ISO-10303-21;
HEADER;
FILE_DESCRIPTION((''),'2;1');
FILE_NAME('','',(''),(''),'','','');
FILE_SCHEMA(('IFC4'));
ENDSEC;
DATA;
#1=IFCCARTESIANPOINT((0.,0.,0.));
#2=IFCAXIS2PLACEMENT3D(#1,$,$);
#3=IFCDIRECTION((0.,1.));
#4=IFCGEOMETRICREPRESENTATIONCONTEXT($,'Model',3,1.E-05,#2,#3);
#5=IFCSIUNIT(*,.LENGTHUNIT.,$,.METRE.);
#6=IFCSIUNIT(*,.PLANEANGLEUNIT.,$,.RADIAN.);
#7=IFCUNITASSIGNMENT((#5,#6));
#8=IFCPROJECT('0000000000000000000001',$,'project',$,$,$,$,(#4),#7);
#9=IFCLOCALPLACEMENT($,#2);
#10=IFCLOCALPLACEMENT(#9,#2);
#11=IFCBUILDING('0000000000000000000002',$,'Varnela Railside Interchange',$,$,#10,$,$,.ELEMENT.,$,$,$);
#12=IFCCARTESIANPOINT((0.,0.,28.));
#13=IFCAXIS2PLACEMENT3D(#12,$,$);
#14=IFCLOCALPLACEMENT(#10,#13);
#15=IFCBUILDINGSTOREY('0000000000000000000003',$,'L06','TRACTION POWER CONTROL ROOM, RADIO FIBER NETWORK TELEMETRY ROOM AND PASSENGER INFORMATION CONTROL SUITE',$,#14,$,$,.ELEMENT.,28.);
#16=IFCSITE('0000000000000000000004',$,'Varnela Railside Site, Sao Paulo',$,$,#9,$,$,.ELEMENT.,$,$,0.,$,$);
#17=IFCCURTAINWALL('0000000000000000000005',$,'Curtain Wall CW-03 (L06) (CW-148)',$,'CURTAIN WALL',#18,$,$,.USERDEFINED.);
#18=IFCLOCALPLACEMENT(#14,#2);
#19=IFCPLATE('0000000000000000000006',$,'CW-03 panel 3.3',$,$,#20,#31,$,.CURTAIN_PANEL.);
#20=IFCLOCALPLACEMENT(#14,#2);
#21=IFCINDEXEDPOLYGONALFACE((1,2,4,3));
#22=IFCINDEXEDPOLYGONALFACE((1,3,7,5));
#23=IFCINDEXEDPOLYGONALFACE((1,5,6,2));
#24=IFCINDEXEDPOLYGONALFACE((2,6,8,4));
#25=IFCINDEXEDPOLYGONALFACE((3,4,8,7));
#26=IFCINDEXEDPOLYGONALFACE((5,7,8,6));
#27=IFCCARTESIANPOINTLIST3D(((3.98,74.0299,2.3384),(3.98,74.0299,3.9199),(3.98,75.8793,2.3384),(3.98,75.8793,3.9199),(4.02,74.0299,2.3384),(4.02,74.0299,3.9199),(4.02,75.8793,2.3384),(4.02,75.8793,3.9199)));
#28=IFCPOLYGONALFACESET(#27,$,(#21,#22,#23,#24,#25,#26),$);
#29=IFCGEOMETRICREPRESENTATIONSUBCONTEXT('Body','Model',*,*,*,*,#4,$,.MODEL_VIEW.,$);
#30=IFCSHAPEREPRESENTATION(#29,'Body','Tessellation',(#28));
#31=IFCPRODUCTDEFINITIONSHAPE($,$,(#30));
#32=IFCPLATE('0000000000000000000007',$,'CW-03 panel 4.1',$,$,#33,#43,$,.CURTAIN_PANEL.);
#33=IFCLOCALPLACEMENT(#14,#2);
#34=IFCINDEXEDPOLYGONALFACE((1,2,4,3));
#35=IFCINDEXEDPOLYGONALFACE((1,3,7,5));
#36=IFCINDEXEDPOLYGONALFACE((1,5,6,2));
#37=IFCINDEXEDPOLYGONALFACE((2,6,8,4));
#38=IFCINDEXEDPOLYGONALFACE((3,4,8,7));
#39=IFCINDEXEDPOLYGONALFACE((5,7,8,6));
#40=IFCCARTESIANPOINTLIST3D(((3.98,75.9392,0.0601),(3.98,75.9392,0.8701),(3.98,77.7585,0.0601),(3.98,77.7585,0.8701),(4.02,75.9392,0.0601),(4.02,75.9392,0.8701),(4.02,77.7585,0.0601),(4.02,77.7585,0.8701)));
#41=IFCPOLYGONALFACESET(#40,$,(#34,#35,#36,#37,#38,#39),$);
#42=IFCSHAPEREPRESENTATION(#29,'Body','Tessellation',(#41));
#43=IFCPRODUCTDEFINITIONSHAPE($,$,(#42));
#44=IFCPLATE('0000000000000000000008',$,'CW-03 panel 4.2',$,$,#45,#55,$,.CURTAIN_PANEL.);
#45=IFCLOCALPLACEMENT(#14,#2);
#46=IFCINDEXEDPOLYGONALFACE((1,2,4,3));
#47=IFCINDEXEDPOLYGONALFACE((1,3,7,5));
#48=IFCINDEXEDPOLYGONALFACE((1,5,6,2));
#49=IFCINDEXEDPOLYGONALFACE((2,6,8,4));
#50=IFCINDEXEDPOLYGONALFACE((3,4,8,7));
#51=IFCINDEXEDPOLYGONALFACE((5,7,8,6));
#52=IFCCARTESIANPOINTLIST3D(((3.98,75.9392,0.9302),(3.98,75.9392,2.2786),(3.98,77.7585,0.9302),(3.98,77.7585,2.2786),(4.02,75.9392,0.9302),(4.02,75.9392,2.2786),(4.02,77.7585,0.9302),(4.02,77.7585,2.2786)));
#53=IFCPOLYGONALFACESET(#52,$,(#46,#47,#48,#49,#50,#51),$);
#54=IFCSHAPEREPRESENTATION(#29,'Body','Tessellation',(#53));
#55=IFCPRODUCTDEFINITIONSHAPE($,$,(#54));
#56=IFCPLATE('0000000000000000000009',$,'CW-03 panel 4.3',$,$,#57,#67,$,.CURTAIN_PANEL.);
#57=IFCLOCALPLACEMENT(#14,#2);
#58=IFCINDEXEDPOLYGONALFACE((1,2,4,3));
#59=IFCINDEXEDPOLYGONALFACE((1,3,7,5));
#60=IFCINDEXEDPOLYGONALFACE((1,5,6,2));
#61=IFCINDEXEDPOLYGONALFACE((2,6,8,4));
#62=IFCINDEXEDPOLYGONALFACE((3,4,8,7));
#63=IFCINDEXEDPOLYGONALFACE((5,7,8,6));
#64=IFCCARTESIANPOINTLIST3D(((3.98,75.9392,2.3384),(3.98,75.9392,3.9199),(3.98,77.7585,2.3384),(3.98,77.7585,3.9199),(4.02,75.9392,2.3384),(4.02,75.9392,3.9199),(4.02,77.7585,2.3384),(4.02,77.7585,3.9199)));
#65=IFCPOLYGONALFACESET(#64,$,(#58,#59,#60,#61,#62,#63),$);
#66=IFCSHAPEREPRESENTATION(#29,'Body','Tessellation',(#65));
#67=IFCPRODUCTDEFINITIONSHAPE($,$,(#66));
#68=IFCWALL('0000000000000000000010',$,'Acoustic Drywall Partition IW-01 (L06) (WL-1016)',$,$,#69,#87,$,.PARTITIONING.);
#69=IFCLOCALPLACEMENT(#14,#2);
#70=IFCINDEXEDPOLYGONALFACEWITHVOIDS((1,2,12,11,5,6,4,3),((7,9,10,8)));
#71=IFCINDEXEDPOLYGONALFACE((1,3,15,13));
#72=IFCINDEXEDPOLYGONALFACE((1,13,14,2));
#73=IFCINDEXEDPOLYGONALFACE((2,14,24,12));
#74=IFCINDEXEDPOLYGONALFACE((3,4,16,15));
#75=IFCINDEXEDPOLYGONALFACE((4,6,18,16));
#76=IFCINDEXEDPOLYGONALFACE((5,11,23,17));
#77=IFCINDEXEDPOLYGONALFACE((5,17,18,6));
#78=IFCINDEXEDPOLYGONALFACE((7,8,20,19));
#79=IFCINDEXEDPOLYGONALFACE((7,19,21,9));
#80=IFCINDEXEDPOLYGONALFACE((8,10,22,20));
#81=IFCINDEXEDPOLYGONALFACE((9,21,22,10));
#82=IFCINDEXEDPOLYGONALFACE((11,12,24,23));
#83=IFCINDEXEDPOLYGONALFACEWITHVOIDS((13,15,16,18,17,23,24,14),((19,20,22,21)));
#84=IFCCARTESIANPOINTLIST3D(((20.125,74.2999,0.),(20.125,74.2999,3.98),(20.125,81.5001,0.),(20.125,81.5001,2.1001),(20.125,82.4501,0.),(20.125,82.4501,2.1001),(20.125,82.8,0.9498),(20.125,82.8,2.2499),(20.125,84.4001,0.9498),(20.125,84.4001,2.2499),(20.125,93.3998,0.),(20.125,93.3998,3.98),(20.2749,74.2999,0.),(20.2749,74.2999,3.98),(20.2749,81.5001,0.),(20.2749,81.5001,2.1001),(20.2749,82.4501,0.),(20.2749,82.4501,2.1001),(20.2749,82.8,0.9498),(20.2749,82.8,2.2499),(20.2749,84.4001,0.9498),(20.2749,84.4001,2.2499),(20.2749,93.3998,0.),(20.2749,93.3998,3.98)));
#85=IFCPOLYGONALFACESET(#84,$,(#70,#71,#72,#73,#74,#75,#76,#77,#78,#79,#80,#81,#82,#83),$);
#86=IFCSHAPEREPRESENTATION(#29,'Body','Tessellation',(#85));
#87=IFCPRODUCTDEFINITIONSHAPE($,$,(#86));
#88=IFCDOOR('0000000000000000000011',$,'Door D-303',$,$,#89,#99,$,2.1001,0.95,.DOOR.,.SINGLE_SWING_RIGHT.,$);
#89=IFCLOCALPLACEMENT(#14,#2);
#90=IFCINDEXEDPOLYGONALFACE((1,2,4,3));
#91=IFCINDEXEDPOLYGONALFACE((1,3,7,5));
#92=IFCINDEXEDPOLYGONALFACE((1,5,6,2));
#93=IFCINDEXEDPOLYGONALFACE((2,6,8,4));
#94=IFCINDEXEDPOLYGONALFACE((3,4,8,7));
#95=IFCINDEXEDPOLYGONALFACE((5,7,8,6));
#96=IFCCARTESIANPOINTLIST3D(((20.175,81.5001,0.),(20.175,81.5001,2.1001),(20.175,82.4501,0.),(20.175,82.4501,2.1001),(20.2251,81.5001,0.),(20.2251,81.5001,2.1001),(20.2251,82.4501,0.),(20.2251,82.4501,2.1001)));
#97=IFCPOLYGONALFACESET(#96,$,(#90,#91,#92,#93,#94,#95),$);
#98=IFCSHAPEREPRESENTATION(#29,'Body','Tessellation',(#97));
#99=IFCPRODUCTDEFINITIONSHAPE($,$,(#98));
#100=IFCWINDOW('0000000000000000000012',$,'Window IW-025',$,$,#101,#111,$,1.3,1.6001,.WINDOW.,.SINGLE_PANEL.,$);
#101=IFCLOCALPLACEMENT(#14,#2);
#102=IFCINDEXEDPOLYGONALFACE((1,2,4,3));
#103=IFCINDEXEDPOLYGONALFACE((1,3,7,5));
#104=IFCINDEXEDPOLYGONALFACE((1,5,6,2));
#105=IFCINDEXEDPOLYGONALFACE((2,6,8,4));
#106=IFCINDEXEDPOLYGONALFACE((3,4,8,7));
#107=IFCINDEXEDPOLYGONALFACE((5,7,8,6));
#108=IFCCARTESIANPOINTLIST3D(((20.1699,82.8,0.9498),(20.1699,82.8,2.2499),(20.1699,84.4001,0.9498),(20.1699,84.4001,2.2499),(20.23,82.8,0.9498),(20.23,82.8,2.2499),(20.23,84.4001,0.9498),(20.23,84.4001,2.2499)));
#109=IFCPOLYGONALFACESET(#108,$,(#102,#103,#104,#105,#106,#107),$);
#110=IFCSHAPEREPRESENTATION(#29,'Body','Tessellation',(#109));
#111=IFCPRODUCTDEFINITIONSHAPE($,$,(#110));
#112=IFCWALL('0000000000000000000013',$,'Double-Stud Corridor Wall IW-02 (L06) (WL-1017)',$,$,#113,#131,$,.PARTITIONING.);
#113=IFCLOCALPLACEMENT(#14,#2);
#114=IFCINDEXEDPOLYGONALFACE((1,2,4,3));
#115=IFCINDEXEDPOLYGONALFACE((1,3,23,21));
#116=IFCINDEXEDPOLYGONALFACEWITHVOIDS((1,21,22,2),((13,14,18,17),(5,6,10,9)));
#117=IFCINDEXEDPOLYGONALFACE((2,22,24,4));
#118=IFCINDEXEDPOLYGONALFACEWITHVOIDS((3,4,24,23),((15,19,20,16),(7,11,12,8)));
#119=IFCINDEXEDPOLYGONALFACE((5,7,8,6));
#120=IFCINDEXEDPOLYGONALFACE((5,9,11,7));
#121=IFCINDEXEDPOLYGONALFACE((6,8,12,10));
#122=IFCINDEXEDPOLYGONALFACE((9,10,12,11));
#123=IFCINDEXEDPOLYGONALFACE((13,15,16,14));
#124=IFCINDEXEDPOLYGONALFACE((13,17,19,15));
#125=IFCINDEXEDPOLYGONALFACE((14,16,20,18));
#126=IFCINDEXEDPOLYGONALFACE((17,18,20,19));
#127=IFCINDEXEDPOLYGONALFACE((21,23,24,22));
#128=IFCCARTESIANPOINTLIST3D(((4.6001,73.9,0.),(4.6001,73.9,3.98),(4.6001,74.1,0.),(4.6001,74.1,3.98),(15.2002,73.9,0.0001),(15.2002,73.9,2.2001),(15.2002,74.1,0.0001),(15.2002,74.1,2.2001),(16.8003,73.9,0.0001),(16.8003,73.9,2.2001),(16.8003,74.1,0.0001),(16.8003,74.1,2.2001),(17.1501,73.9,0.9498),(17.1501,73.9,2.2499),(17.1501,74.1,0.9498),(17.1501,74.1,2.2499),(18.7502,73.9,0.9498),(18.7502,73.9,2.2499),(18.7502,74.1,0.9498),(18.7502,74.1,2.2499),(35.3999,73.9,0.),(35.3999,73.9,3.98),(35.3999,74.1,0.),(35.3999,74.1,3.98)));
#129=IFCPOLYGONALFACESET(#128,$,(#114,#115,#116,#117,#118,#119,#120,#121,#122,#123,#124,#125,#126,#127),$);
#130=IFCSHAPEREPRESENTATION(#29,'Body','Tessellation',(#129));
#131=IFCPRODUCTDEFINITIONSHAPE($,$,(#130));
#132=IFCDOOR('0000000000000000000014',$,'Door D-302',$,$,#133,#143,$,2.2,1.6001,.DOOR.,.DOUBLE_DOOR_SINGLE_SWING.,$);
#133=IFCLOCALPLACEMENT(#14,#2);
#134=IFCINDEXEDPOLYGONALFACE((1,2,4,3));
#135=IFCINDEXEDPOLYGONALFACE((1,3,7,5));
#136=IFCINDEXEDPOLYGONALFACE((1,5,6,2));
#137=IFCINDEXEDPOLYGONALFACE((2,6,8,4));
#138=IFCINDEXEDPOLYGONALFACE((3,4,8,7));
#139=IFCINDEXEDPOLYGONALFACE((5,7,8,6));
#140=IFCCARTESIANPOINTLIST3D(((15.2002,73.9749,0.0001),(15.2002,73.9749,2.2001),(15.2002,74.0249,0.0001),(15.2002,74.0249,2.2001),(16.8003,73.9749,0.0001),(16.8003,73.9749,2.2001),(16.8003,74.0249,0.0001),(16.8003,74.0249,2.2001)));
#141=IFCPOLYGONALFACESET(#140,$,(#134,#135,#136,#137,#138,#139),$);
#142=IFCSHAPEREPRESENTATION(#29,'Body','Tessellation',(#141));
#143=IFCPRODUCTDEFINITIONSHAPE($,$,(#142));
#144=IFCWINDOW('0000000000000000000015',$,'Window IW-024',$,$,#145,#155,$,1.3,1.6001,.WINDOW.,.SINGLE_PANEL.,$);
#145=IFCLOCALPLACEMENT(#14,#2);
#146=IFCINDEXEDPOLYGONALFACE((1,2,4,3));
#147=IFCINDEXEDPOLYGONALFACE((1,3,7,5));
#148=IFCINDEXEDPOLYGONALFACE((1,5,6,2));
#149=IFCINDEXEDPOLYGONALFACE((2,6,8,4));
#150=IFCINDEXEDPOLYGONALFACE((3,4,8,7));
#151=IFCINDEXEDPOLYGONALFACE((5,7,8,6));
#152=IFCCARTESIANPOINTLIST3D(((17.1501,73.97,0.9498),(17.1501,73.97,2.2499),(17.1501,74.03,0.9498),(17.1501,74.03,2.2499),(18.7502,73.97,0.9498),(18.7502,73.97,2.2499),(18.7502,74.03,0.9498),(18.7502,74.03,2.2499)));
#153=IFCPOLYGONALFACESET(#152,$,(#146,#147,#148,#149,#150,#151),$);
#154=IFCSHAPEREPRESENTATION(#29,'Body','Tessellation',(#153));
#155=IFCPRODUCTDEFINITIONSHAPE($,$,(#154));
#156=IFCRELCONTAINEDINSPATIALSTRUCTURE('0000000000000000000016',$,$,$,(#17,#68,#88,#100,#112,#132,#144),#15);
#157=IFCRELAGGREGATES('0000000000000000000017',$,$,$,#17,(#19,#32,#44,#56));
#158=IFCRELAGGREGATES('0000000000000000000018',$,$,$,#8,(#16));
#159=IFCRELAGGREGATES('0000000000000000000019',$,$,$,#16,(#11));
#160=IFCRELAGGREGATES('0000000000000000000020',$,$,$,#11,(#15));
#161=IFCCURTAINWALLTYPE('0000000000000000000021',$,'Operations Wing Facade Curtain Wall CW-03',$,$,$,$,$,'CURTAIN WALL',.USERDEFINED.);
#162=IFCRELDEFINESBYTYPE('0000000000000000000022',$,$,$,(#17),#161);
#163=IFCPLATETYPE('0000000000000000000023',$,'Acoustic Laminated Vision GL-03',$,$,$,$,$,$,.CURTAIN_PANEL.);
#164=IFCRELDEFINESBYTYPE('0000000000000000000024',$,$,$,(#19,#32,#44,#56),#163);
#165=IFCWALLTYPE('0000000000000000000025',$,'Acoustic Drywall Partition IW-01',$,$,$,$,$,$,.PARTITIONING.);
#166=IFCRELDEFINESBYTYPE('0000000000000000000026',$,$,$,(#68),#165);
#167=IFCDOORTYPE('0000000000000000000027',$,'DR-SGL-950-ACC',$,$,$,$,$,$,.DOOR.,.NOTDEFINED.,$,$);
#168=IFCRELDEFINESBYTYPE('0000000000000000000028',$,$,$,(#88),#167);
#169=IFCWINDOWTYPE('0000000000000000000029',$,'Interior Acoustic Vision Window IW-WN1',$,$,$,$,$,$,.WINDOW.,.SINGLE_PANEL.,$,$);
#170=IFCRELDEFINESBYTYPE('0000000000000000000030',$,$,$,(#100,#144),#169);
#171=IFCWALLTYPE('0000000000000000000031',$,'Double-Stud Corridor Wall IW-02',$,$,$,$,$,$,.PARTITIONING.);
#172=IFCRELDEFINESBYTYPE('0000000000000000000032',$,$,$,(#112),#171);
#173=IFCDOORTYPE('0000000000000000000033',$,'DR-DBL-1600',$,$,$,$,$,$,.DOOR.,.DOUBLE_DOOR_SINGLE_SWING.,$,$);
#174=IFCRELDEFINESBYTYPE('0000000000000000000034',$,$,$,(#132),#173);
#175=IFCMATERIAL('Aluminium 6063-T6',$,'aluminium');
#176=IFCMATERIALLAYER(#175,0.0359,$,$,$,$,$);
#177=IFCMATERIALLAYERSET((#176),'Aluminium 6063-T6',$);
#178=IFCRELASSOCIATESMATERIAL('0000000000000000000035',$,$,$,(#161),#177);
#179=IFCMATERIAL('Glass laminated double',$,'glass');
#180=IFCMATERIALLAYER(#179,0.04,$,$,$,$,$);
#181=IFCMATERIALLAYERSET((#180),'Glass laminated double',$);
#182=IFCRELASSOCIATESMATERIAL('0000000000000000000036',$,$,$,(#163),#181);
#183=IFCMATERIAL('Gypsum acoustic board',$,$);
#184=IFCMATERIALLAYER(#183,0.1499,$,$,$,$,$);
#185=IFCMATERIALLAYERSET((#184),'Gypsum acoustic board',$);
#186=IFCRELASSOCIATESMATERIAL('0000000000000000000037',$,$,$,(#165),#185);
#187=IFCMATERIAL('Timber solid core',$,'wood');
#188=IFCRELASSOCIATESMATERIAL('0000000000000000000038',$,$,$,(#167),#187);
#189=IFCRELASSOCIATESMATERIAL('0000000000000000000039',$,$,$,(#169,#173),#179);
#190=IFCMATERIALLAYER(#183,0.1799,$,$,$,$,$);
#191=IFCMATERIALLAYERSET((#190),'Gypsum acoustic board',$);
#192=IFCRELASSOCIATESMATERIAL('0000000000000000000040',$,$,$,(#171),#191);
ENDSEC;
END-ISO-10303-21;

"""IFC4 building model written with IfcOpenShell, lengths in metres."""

from ifc_helpers import new_model, si_unit, direction, frame, frame_2d, origin, origin_2d, place, context, subcontext, project, spatial, rectangle, extrude, material, layer, layer_set, type_object, element, fill, aggregate, save


model = new_model("IFC4")

# Units and contexts
model_context = context("Model", 3, precision=1e-05, world=origin(), true_north=direction((0.0, 1.0)))
body_context = subcontext(model_context, "Body", "Model", "MODEL_VIEW")
ifc_project = project(units=[si_unit("LENGTHUNIT", "METRE"), si_unit("PLANEANGLEUNIT", "RADIAN")], contexts=[model_context])

# Site, building, storey
site_placement = place(None, origin())
site = spatial("IfcSite", under=ifc_project, at=site_placement, Name="Varnela Railside Site, Sao Paulo", CompositionType="ELEMENT", RefElevation=0.0)
building_placement = place(site_placement, origin())
building = spatial("IfcBuilding", under=site, at=building_placement, Name="Varnela Railside Interchange", CompositionType="ELEMENT")
storey_placement = place(building_placement, frame((0.0, 0.0, 28.0)))
storey = spatial("IfcBuildingStorey", under=building, at=storey_placement, Name="L06", Description="TRACTION POWER CONTROL ROOM, RADIO FIBER NETWORK TELEMETRY ROOM AND PASSENGER INFORMATION CONTROL SUITE", CompositionType="ELEMENT", Elevation=28.0)

# Curtain wall, plates
ifc_material_1 = material(Name="Aluminium 6063-T6", Category="aluminium")
ifc_layer_1 = layer(ifc_material_1, 0.0359)
ifc_layer_set_1 = layer_set([ifc_layer_1], Name="Aluminium 6063-T6")
curtain_wall_type = type_object("IfcCurtainWallType", Name="Operations Wing Facade Curtain Wall CW-03", ElementType="CURTAIN WALL", PredefinedType="USERDEFINED", material=ifc_layer_set_1)
curtain_wall_placement = place(storey_placement, origin())
curtain_wall = element("IfcCurtainWall", 1, at=curtain_wall_placement, inside=storey, type_object=curtain_wall_type, Name="Curtain Wall CW-03 (L06) (CW-148)", ObjectType="CURTAIN WALL", PredefinedType="USERDEFINED")
ifc_material_2 = material(Name="Glass laminated double", Category="glass")
ifc_layer_2 = layer(ifc_material_2, 0.04)
ifc_layer_set_2 = layer_set([ifc_layer_2], Name="Glass laminated double")
plate_type = type_object("IfcPlateType", Name="Acoustic Laminated Vision GL-03", PredefinedType="CURTAIN_PANEL", material=ifc_layer_set_2)
plate_1_placement = place(storey_placement, frame((4.0, 74.9546, 2.3384), z_axis=(0.0, 0.0, 1.0), x_axis=(0.0, 1.0, 0.0)))
plate_1 = element("IfcPlate", 2, at=plate_1_placement, type_object=plate_type, Name="CW-03 panel 3.3", PredefinedType="CURTAIN_PANEL", context=body_context, shape_type="SweptSolid", body=[
    extrude(rectangle(XDim=1.8494, YDim=0.04, at=origin_2d()), origin(), (0.0, 0.0, 1.0), 1.5815),
])
plate_2_placement = place(storey_placement, frame((4.0, 76.8489, 0.0601), z_axis=(0.0, 0.0, 1.0), x_axis=(0.0, 1.0, 0.0)))
plate_2 = element("IfcPlate", 3, at=plate_2_placement, type_object=plate_type, Name="CW-03 panel 4.1", PredefinedType="CURTAIN_PANEL", context=body_context, shape_type="SweptSolid", body=[
    extrude(rectangle(XDim=1.8193, YDim=0.04, at=origin_2d()), origin(), (0.0, 0.0, 1.0), 0.8101),
])
plate_3_placement = place(storey_placement, frame((4.0, 76.8489, 0.9302), z_axis=(0.0, 0.0, 1.0), x_axis=(0.0, 1.0, 0.0)))
plate_3 = element("IfcPlate", 4, at=plate_3_placement, type_object=plate_type, Name="CW-03 panel 4.2", PredefinedType="CURTAIN_PANEL", context=body_context, shape_type="SweptSolid", body=[
    extrude(rectangle(XDim=1.8193, YDim=0.04, at=origin_2d()), origin(), (0.0, 0.0, 1.0), 1.3484),
])
plate_4_placement = place(storey_placement, frame((4.0, 76.8489, 2.3384), z_axis=(0.0, 0.0, 1.0), x_axis=(0.0, 1.0, 0.0)))
plate_4 = element("IfcPlate", 5, at=plate_4_placement, type_object=plate_type, Name="CW-03 panel 4.3", PredefinedType="CURTAIN_PANEL", context=body_context, shape_type="SweptSolid", body=[
    extrude(rectangle(XDim=1.8193, YDim=0.04, at=origin_2d()), origin(), (0.0, 0.0, 1.0), 1.5815),
])
aggregate(curtain_wall, [plate_1, plate_2, plate_3, plate_4])

# Walls, openings, doors, windows
ifc_material_3 = material(Name="Gypsum acoustic board")
ifc_layer_3 = layer(ifc_material_3, 0.1499)
ifc_layer_set_3 = layer_set([ifc_layer_3], Name="Gypsum acoustic board")
wall_type_1 = type_object("IfcWallType", Name="Acoustic Drywall Partition IW-01", PredefinedType="PARTITIONING", material=ifc_layer_set_3)
wall_1_placement = place(storey_placement, frame((20.2, 74.3, 0.0), z_axis=(0.0, 0.0, 1.0), x_axis=(0.0, 1.0, 0.0)))
wall_1 = element("IfcWall", 6, at=wall_1_placement, inside=storey, type_object=wall_type_1, Name="Acoustic Drywall Partition IW-01 (L06) (WL-1016)", PredefinedType="PARTITIONING", context=body_context, shape_type="SweptSolid", body=[
    extrude(rectangle(XDim=19.0999, YDim=0.1499, at=frame_2d((9.5498, 0.0))), origin(), (0.0, 0.0, 1.0), 3.98),
])
opening_1_placement = place(wall_1_placement, frame((7.2, 0.0, 0.0)))
opening_1 = element("IfcOpeningElement", 7, at=opening_1_placement, cuts=wall_1, PredefinedType="OPENING", context=body_context, shape_type="SweptSolid", body=[
    extrude(rectangle(XDim=0.95, YDim=2.1001, at=frame_2d((0.4751, 1.05))), frame((0.0, 0.085, 0.0), z_axis=(0.0, -1.0, 0.0), x_axis=(1.0, 0.0, 0.0)), (0.0, 0.0, 1.0), 0.1699),
])
opening_2_placement = place(wall_1_placement, frame((8.5, 0.0, 0.95)))
opening_2 = element("IfcOpeningElement", 8, at=opening_2_placement, cuts=wall_1, PredefinedType="OPENING", context=body_context, shape_type="SweptSolid", body=[
    extrude(rectangle(XDim=1.6001, YDim=1.3, at=frame_2d((0.8, 0.6499))), frame((0.0, 0.085, 0.0), z_axis=(0.0, -1.0, 0.0), x_axis=(1.0, 0.0, 0.0)), (0.0, 0.0, 1.0), 0.1699),
])
ifc_material_4 = material(Name="Timber solid core", Category="wood")
door_type_1 = type_object("IfcDoorType", Name="DR-SGL-950-ACC", OperationType="NOTDEFINED", PredefinedType="DOOR", material=ifc_material_4)
door_1_placement = place(opening_1_placement, origin())
door_1 = element("IfcDoor", 9, at=door_1_placement, inside=storey, type_object=door_type_1, Name="Door D-303", OperationType="SINGLE_SWING_RIGHT", OverallHeight=2.1001, OverallWidth=0.95, PredefinedType="DOOR", context=body_context, shape_type="SweptSolid", body=[
    extrude(rectangle(XDim=0.95, YDim=2.1001, at=frame_2d((0.4751, 1.05))), frame((0.0, 0.0249, 0.0), z_axis=(0.0, -1.0, 0.0), x_axis=(1.0, 0.0, 0.0)), (0.0, 0.0, 1.0), 0.05),
])
fill(opening_1, door_1)
window_type = type_object("IfcWindowType", Name="Interior Acoustic Vision Window IW-WN1", PartitioningType="SINGLE_PANEL", PredefinedType="WINDOW", material=ifc_material_2)
window_1_placement = place(opening_2_placement, origin())
window_1 = element("IfcWindow", 10, at=window_1_placement, inside=storey, type_object=window_type, Name="Window IW-025", OverallHeight=1.3, OverallWidth=1.6001, PartitioningType="SINGLE_PANEL", PredefinedType="WINDOW", context=body_context, shape_type="SweptSolid", body=[
    extrude(rectangle(XDim=1.6001, YDim=1.3, at=frame_2d((0.8, 0.6499))), frame((0.0, 0.03, 0.0), z_axis=(0.0, -1.0, 0.0), x_axis=(1.0, 0.0, 0.0)), (0.0, 0.0, 1.0), 0.0601),
])
fill(opening_2, window_1)
ifc_layer_4 = layer(ifc_material_3, 0.1799)
ifc_layer_set_4 = layer_set([ifc_layer_4], Name="Gypsum acoustic board")
wall_type_2 = type_object("IfcWallType", Name="Double-Stud Corridor Wall IW-02", PredefinedType="PARTITIONING", material=ifc_layer_set_4)
wall_2_placement = place(storey_placement, frame((4.6001, 74.0, 0.0), z_axis=(0.0, 0.0, 1.0), x_axis=(1.0, 0.0, 0.0)))
wall_2 = element("IfcWall", 11, at=wall_2_placement, inside=storey, type_object=wall_type_2, Name="Double-Stud Corridor Wall IW-02 (L06) (WL-1017)", PredefinedType="PARTITIONING", context=body_context, shape_type="SweptSolid", body=[
    extrude(rectangle(XDim=30.7998, YDim=0.2, at=frame_2d((15.3999, 0.0))), origin(), (0.0, 0.0, 1.0), 3.98),
])
opening_3_placement = place(wall_2_placement, frame((10.6001, 0.0, 0.0)))
opening_3 = element("IfcOpeningElement", 12, at=opening_3_placement, cuts=wall_2, PredefinedType="OPENING", context=body_context, shape_type="SweptSolid", body=[
    extrude(rectangle(XDim=1.6001, YDim=2.2, at=frame_2d((0.8, 1.1001))), frame((0.0, 0.1099, 0.0), z_axis=(0.0, -1.0, 0.0), x_axis=(1.0, 0.0, 0.0)), (0.0, 0.0, 1.0), 0.22),
])
opening_4_placement = place(wall_2_placement, frame((12.55, 0.0, 0.95)))
opening_4 = element("IfcOpeningElement", 13, at=opening_4_placement, cuts=wall_2, PredefinedType="OPENING", context=body_context, shape_type="SweptSolid", body=[
    extrude(rectangle(XDim=1.6001, YDim=1.3, at=frame_2d((0.8, 0.6499))), frame((0.0, 0.1099, 0.0), z_axis=(0.0, -1.0, 0.0), x_axis=(1.0, 0.0, 0.0)), (0.0, 0.0, 1.0), 0.22),
])
door_type_2 = type_object("IfcDoorType", Name="DR-DBL-1600", OperationType="DOUBLE_DOOR_SINGLE_SWING", PredefinedType="DOOR", material=ifc_material_2)
door_2_placement = place(opening_3_placement, origin())
door_2 = element("IfcDoor", 14, at=door_2_placement, inside=storey, type_object=door_type_2, Name="Door D-302", OperationType="DOUBLE_DOOR_SINGLE_SWING", OverallHeight=2.2, OverallWidth=1.6001, PredefinedType="DOOR", context=body_context, shape_type="SweptSolid", body=[
    extrude(rectangle(XDim=1.6001, YDim=2.2, at=frame_2d((0.8, 1.1001))), frame((0.0, 0.0249, 0.0), z_axis=(0.0, -1.0, 0.0), x_axis=(1.0, 0.0, 0.0)), (0.0, 0.0, 1.0), 0.05),
])
fill(opening_3, door_2)
window_2_placement = place(opening_4_placement, origin())
window_2 = element("IfcWindow", 15, at=window_2_placement, inside=storey, type_object=window_type, Name="Window IW-024", OverallHeight=1.3, OverallWidth=1.6001, PartitioningType="SINGLE_PANEL", PredefinedType="WINDOW", context=body_context, shape_type="SweptSolid", body=[
    extrude(rectangle(XDim=1.6001, YDim=1.3, at=frame_2d((0.8, 0.6499))), frame((0.0, 0.03, 0.0), z_axis=(0.0, -1.0, 0.0), x_axis=(1.0, 0.0, 0.0)), (0.0, 0.0, 1.0), 0.0601),
])
fill(opening_4, window_2)

save(model, "model.ifc")
